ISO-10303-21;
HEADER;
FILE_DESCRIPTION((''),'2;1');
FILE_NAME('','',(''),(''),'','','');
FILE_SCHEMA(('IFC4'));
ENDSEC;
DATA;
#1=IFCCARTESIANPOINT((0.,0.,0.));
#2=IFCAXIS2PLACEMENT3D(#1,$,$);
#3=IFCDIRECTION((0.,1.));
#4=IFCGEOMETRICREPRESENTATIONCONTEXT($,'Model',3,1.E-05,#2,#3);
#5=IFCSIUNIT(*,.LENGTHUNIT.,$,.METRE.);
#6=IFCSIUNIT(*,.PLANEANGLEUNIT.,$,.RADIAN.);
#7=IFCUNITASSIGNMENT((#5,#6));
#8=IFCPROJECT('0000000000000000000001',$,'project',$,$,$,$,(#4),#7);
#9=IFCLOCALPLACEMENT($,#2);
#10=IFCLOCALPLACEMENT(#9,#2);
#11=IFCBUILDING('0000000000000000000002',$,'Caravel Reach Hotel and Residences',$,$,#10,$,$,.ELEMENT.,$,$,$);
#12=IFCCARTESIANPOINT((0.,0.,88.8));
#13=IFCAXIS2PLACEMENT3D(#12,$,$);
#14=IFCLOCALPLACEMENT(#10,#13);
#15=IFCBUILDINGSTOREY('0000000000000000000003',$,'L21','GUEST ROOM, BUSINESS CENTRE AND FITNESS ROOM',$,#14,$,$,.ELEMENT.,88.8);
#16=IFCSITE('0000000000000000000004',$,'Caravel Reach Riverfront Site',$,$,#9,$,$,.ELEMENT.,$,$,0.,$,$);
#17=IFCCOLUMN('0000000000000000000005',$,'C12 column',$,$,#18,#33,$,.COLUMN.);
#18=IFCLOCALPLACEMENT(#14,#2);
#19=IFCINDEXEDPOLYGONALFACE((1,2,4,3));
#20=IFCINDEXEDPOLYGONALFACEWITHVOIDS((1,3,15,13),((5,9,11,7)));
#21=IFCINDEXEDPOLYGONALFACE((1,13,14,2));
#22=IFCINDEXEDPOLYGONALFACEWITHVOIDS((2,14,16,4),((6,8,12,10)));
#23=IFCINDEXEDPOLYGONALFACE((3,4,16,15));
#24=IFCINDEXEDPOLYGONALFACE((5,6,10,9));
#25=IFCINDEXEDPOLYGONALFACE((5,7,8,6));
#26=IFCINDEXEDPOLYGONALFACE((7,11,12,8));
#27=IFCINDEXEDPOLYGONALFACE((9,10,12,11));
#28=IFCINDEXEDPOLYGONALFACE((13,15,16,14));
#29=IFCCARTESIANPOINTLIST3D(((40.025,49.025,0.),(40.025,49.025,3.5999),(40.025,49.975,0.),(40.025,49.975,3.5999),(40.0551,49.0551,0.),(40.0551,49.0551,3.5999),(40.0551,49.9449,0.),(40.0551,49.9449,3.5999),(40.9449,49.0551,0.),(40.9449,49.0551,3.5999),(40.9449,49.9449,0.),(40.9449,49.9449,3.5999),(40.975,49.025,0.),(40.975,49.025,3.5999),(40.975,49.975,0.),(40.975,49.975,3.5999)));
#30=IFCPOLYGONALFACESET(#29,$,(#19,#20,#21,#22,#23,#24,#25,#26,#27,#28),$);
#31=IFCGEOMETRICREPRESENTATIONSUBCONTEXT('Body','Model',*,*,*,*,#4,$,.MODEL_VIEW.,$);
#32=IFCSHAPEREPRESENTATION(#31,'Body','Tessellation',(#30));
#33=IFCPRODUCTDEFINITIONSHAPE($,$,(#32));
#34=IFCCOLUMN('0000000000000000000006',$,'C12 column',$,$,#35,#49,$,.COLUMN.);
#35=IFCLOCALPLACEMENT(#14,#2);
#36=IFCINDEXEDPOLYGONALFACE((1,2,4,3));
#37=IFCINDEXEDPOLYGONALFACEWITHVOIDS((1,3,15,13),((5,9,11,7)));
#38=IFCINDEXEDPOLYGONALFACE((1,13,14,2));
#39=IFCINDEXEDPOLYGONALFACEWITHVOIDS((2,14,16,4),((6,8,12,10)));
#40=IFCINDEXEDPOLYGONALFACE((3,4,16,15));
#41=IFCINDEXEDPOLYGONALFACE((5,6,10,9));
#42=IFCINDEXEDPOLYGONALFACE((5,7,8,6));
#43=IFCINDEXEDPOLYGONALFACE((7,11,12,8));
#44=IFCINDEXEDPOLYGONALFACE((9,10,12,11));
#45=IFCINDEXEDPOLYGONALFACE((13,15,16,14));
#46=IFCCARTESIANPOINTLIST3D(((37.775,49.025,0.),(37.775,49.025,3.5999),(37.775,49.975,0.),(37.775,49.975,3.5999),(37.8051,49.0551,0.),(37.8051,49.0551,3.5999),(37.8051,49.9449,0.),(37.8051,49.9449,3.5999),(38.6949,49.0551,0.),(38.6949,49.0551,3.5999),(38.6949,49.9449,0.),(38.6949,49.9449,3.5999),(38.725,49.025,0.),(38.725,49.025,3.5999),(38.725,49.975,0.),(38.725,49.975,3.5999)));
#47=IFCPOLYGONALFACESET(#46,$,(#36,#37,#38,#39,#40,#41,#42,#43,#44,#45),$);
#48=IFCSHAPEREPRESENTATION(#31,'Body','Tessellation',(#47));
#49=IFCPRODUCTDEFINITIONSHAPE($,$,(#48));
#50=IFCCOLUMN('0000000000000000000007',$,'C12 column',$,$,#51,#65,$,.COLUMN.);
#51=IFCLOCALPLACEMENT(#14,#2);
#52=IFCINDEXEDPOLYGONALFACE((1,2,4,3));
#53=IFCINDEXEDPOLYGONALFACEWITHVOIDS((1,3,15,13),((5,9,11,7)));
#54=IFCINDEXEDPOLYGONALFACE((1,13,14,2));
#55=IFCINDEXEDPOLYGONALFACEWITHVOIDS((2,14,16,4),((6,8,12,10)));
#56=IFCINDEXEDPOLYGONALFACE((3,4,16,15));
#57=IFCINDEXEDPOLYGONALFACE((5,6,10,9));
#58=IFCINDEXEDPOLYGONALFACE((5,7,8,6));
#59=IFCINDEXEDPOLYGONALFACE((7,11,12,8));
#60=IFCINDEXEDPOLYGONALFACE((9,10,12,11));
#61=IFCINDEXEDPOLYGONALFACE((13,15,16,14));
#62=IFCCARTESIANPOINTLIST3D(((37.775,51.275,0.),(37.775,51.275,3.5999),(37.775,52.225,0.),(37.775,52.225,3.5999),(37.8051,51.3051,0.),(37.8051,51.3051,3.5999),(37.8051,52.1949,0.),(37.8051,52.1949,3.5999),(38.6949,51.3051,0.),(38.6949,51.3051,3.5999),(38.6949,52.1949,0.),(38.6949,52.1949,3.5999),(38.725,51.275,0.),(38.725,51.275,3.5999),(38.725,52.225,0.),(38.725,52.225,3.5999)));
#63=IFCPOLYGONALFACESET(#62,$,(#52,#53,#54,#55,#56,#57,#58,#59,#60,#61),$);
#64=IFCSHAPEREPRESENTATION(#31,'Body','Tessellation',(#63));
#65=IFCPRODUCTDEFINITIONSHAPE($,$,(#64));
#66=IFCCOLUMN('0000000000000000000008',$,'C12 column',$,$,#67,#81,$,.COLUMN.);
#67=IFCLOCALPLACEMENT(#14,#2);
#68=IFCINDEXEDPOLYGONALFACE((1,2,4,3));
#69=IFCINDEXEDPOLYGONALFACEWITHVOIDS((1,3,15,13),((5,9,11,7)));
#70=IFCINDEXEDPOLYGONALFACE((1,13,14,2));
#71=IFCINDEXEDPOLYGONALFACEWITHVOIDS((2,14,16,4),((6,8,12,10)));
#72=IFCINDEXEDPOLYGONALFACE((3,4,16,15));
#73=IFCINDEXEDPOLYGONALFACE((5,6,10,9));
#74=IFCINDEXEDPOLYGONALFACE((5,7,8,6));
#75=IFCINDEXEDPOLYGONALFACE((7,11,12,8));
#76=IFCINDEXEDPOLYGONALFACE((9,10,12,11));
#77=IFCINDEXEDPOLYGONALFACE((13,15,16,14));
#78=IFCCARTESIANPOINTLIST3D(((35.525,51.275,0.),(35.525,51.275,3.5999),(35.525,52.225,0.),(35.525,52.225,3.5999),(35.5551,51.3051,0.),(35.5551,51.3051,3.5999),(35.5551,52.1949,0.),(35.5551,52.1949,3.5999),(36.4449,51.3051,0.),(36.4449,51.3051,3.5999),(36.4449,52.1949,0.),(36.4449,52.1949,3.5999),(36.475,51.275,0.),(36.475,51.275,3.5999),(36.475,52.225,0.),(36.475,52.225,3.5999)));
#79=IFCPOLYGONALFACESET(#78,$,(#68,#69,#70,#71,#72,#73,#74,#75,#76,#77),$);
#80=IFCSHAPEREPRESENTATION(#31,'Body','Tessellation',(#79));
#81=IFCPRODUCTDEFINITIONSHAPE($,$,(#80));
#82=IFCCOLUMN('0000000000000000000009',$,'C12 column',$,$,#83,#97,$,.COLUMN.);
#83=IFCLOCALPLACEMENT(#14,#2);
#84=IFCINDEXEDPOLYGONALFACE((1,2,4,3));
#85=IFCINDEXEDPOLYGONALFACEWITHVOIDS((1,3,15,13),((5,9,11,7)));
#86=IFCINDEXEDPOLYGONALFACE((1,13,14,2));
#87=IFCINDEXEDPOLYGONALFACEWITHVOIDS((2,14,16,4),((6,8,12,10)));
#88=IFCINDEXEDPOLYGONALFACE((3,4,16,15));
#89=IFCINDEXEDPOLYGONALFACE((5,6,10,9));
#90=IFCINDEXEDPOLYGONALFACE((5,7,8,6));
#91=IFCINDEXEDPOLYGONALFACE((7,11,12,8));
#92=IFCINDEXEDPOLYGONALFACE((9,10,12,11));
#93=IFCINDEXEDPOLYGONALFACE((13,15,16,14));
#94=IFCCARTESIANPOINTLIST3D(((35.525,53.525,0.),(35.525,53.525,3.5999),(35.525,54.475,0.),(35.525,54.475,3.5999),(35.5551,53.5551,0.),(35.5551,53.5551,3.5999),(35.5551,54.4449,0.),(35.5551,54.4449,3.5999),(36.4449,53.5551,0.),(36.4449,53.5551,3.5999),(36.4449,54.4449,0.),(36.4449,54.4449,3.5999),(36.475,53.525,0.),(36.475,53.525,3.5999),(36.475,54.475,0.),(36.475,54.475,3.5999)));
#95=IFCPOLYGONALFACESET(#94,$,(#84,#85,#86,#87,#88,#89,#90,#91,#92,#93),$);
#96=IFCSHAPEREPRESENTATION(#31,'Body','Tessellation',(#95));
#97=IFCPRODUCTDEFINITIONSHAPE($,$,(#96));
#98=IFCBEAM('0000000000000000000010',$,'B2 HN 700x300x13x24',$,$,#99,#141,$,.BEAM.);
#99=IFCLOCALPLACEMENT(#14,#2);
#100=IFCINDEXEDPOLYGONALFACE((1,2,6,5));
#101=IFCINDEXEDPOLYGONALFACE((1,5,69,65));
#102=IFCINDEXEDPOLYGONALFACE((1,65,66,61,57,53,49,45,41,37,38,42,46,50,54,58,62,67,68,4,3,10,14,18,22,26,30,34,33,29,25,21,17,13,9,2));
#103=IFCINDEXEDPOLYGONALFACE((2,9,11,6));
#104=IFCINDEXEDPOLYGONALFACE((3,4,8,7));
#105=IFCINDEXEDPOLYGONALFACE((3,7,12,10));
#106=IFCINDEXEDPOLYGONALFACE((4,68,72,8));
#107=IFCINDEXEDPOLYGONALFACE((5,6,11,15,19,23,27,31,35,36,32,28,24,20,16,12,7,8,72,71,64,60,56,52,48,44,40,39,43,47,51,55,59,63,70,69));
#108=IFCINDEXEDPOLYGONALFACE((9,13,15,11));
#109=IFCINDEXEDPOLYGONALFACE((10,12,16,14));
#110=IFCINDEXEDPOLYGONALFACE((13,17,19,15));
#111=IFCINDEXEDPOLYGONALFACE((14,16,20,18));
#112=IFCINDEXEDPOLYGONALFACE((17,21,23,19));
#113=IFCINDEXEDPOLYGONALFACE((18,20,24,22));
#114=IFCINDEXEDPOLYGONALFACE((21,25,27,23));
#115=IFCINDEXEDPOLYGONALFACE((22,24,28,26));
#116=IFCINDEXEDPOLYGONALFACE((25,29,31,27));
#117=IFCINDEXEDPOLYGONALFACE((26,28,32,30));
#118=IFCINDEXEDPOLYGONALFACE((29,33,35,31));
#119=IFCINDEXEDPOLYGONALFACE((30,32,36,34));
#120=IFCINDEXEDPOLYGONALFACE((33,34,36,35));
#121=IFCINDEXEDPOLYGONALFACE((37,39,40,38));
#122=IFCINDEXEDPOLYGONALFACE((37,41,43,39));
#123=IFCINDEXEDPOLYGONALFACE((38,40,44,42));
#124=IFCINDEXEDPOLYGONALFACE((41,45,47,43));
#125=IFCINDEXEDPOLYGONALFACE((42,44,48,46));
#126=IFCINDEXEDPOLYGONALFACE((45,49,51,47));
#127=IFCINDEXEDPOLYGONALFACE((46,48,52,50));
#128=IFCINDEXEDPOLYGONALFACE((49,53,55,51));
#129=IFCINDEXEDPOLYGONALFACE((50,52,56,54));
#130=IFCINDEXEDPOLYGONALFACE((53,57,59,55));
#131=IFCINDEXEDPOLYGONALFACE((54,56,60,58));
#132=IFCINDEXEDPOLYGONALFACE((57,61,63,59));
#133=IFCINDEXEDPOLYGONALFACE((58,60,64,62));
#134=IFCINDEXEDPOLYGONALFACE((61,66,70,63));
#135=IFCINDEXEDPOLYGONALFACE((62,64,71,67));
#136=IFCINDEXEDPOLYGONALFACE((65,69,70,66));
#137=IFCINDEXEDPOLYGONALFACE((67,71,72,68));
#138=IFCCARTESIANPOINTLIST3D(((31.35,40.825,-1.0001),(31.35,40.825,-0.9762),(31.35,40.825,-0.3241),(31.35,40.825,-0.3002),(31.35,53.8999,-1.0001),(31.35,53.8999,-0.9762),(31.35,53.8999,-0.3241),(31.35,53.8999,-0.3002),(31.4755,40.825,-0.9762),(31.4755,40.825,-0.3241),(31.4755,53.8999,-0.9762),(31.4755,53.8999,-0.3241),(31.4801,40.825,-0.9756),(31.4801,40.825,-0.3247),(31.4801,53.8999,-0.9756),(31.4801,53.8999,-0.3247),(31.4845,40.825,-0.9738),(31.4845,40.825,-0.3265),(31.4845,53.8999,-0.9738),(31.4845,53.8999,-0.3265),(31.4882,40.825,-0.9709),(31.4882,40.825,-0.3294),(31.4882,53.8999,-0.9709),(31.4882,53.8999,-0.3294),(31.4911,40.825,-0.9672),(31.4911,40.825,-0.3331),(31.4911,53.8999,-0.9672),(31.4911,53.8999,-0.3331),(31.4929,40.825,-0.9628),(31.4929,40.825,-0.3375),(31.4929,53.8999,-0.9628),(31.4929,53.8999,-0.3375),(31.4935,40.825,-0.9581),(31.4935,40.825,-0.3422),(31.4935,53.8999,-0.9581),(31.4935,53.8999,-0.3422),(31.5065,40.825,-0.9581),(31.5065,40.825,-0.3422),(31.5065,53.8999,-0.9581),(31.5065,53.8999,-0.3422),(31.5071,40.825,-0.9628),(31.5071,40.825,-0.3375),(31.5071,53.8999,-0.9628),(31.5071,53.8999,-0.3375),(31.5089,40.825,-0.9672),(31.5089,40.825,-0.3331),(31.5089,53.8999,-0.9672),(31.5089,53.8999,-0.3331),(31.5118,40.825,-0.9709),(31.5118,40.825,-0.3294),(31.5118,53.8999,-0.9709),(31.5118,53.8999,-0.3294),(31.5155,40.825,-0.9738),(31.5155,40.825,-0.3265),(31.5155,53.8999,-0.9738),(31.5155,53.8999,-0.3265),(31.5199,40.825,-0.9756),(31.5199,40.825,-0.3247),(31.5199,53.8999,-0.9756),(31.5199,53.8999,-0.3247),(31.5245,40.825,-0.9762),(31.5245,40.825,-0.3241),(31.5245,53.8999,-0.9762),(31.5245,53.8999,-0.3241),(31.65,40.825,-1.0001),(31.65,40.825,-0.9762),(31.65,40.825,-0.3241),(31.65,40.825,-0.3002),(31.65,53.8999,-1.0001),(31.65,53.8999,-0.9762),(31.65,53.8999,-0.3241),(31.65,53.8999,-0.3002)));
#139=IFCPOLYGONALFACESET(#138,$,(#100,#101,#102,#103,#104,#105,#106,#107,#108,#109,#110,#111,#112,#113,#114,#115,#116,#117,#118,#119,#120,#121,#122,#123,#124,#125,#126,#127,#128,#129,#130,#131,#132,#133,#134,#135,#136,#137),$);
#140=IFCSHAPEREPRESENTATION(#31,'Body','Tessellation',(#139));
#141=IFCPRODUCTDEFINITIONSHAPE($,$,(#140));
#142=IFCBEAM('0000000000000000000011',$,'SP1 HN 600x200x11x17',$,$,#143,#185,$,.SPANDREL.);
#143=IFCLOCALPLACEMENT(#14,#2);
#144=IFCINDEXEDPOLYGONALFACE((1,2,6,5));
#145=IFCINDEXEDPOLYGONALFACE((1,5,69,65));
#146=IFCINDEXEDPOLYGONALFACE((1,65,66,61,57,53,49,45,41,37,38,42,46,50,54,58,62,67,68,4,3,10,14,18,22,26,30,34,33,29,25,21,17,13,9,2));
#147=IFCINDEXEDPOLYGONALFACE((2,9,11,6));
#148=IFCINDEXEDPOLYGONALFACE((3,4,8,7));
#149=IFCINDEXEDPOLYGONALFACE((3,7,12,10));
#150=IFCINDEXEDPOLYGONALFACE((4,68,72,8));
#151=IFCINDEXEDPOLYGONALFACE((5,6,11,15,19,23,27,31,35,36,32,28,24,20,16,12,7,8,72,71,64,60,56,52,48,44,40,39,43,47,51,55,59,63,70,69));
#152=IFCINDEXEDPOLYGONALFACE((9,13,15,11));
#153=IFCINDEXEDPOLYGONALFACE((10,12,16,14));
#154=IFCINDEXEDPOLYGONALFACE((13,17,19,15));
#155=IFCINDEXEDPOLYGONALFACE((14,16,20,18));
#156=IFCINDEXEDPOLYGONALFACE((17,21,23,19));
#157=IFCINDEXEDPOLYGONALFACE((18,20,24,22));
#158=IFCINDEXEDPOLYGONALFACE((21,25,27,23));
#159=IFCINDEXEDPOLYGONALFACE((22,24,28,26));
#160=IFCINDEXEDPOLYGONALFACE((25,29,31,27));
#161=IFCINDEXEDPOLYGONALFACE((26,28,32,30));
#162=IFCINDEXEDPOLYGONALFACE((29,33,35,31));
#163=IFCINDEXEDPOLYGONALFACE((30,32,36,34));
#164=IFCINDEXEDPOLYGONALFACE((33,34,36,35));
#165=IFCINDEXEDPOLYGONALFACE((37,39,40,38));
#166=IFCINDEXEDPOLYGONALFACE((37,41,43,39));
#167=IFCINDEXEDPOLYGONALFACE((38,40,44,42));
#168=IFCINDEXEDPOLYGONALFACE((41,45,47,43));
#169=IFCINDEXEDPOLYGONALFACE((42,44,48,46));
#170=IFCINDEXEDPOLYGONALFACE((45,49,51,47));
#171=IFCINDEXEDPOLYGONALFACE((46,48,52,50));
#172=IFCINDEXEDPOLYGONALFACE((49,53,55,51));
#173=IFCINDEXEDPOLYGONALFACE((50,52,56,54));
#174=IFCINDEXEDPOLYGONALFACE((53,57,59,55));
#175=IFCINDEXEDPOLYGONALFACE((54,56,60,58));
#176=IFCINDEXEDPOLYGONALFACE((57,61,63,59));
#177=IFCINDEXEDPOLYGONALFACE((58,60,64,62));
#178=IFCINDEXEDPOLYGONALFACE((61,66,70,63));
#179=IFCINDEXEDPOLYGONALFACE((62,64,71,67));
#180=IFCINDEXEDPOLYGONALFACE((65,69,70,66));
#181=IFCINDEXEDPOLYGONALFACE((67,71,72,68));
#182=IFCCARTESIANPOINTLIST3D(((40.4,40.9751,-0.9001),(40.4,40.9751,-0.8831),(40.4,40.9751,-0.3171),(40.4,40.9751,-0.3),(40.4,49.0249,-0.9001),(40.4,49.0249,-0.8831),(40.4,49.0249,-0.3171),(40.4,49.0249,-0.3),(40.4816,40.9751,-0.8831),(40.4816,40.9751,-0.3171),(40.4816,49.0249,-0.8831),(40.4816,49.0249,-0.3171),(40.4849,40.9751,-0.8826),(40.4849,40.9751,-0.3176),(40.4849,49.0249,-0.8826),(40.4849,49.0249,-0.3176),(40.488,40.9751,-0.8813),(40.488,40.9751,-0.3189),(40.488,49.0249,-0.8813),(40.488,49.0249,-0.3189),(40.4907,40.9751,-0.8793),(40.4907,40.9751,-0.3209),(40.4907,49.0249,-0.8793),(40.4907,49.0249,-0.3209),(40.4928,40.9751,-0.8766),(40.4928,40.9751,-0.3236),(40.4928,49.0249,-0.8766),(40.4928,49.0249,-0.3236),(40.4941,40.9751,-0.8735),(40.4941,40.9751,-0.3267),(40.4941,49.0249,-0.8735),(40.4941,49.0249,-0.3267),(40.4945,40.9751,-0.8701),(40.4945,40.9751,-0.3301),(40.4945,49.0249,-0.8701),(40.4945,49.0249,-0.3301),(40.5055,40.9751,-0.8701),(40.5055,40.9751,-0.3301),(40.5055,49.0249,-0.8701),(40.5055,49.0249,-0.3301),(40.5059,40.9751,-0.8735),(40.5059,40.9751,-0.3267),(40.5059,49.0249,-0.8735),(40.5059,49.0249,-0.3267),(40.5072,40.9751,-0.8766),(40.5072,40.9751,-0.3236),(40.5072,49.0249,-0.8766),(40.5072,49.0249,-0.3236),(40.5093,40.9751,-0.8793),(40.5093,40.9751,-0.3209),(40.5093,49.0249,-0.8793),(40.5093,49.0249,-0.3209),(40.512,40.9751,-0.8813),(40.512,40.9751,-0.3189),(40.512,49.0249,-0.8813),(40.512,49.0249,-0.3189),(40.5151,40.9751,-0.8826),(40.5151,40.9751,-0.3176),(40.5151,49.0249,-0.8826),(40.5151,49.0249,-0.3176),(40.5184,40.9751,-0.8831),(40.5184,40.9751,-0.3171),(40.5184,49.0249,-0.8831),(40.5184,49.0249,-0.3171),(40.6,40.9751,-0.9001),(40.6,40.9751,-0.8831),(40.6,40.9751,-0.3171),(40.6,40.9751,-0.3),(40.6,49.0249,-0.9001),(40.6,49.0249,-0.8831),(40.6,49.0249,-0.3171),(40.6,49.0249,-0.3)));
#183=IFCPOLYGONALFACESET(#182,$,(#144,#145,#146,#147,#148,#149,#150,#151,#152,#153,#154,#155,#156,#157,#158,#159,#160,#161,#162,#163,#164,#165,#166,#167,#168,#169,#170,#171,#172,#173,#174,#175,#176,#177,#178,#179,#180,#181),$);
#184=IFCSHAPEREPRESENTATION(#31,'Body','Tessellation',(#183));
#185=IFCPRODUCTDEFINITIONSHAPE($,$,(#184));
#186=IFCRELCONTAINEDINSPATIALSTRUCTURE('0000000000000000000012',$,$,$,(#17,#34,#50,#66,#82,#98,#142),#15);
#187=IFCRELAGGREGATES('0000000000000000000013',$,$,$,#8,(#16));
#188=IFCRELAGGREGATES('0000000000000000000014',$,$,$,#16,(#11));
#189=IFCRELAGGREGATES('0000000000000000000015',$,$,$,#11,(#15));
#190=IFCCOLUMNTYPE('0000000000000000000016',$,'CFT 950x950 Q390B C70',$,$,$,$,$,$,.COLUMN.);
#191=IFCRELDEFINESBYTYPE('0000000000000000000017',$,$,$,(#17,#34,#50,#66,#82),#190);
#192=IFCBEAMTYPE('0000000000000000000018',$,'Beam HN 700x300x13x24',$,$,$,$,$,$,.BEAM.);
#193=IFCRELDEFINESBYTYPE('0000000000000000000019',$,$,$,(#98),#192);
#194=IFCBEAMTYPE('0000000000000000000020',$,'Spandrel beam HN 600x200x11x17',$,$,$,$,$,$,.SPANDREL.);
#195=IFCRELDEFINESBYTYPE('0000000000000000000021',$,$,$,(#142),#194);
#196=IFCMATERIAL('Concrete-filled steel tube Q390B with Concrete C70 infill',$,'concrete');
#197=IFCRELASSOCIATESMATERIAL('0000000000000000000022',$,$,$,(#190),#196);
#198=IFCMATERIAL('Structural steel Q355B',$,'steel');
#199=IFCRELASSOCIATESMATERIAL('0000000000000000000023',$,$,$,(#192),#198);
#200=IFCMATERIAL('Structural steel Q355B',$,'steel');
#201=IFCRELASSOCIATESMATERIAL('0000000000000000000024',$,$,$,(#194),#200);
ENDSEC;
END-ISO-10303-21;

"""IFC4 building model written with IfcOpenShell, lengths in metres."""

from ifc_helpers import new_model, si_unit, direction, frame, origin, origin_2d, place, context, subcontext, project, spatial, hollow_rectangle, i_section, extrude, material, material_profile, profile_set, type_object, element, save


model = new_model("IFC4")

# Units and contexts
model_context = context("Model", 3, precision=1e-05, world=origin(), true_north=direction((0.0, 1.0)))
body_context = subcontext(model_context, "Body", "Model", "MODEL_VIEW")
ifc_project = project(units=[si_unit("LENGTHUNIT", "METRE"), si_unit("PLANEANGLEUNIT", "RADIAN")], contexts=[model_context])

# Site, building, storey
site_placement = place(None, origin())
site = spatial("IfcSite", under=ifc_project, at=site_placement, Name="Caravel Reach Riverfront Site", CompositionType="ELEMENT", RefElevation=0.0)
building_placement = place(site_placement, origin())
building = spatial("IfcBuilding", under=site, at=building_placement, Name="Caravel Reach Hotel and Residences", CompositionType="ELEMENT")
storey_placement = place(building_placement, frame((0.0, 0.0, 88.8)))
storey = spatial("IfcBuildingStorey", under=building, at=storey_placement, Name="L21", Description="GUEST ROOM, BUSINESS CENTRE AND FITNESS ROOM", CompositionType="ELEMENT", Elevation=88.8)

# Columns
ifc_material_1 = material(Name="Concrete-filled steel tube Q390B with Concrete C70 infill", Category="concrete")
ifc_material_profile_1 = material_profile(ifc_material_1, hollow_rectangle(XDim=0.95, YDim=0.95, WallThickness=0.03, at=origin_2d()), Name="RHS 950x950x30")
ifc_profile_set_1 = profile_set([ifc_material_profile_1], Name="Concrete-filled steel tube Q390B with Concrete C70 infill")
column_type = type_object("IfcColumnType", Name="CFT 950x950 Q390B C70", PredefinedType="COLUMN", material=ifc_profile_set_1)
for number, where, z_axis, x_axis, name in (
    (1, (40.5, 49.5, 0.0), (0.0, 0.0, 1.0), (1.0, 0.0, 0.0), "C12 column"),
    (2, (38.25, 49.5, 0.0), (0.0, 0.0, 1.0), (1.0, 0.0, 0.0), "C12 column"),
    (3, (38.25, 51.75, 0.0), (0.0, 0.0, 1.0), (1.0, 0.0, 0.0), "C12 column"),
    (4, (36.0, 51.75, 0.0), (0.0, 0.0, 1.0), (1.0, 0.0, 0.0), "C12 column"),
    (5, (36.0, 54.0, 0.0), (0.0, 0.0, 1.0), (1.0, 0.0, 0.0), "C12 column"),
):
    element("IfcColumn", number, at=place(storey_placement, frame(where, z_axis=z_axis, x_axis=x_axis)), inside=storey, type_object=column_type, Name=name, PredefinedType="COLUMN", context=body_context, shape_type="SweptSolid", body=[
        extrude(hollow_rectangle(XDim=0.95, YDim=0.95, WallThickness=0.03, at=origin_2d()), origin(), (0.0, 0.0, 1.0), 3.5999),
    ])

# Beams
ifc_material_2 = material(Name="Structural steel Q355B", Category="steel")
ifc_material_profile_2 = material_profile(ifc_material_2, i_section(OverallWidth=0.3, OverallDepth=0.7, WebThickness=0.0129, FlangeThickness=0.0239, FilletRadius=0.0181, at=origin_2d()), Name="HN 700x300x13x24")
ifc_profile_set_2 = profile_set([ifc_material_profile_2], Name="Structural steel Q355B")
beam_type_1 = type_object("IfcBeamType", Name="Beam HN 700x300x13x24", PredefinedType="BEAM", material=ifc_profile_set_2)
beam_1_placement = place(storey_placement, frame((31.5, 40.825, -0.6501), z_axis=(0.0, 1.0, 0.0), x_axis=(-1.0, 0.0, 0.0)))
element("IfcBeam", 6, at=beam_1_placement, inside=storey, type_object=beam_type_1, Name="B2 HN 700x300x13x24", PredefinedType="BEAM", context=body_context, shape_type="SweptSolid", body=[
    extrude(i_section(OverallWidth=0.3, OverallDepth=0.7, WebThickness=0.0129, FlangeThickness=0.0239, FilletRadius=0.0181, at=origin_2d()), origin(), (0.0, 0.0, 1.0), 13.075),
])
ifc_material_3 = material(Name="Structural steel Q355B", Category="steel")
ifc_material_profile_3 = material_profile(ifc_material_3, i_section(OverallWidth=0.2, OverallDepth=0.6001, WebThickness=0.011, FlangeThickness=0.0171, FilletRadius=0.0129, at=origin_2d()), Name="HN 600x200x11x17")
ifc_profile_set_3 = profile_set([ifc_material_profile_3], Name="Structural steel Q355B")
beam_type_2 = type_object("IfcBeamType", Name="Spandrel beam HN 600x200x11x17", PredefinedType="SPANDREL", material=ifc_profile_set_3)
beam_2_placement = place(storey_placement, frame((40.5, 40.9751, -0.6001), z_axis=(0.0, 1.0, 0.0), x_axis=(-1.0, 0.0, 0.0)))
element("IfcBeam", 7, at=beam_2_placement, inside=storey, type_object=beam_type_2, Name="SP1 HN 600x200x11x17", PredefinedType="SPANDREL", context=body_context, shape_type="SweptSolid", body=[
    extrude(i_section(OverallWidth=0.2, OverallDepth=0.6001, WebThickness=0.011, FlangeThickness=0.0171, FilletRadius=0.0129, at=origin_2d()), origin(), (0.0, 0.0, 1.0), 8.0498),
])

save(model, "model.ifc")
